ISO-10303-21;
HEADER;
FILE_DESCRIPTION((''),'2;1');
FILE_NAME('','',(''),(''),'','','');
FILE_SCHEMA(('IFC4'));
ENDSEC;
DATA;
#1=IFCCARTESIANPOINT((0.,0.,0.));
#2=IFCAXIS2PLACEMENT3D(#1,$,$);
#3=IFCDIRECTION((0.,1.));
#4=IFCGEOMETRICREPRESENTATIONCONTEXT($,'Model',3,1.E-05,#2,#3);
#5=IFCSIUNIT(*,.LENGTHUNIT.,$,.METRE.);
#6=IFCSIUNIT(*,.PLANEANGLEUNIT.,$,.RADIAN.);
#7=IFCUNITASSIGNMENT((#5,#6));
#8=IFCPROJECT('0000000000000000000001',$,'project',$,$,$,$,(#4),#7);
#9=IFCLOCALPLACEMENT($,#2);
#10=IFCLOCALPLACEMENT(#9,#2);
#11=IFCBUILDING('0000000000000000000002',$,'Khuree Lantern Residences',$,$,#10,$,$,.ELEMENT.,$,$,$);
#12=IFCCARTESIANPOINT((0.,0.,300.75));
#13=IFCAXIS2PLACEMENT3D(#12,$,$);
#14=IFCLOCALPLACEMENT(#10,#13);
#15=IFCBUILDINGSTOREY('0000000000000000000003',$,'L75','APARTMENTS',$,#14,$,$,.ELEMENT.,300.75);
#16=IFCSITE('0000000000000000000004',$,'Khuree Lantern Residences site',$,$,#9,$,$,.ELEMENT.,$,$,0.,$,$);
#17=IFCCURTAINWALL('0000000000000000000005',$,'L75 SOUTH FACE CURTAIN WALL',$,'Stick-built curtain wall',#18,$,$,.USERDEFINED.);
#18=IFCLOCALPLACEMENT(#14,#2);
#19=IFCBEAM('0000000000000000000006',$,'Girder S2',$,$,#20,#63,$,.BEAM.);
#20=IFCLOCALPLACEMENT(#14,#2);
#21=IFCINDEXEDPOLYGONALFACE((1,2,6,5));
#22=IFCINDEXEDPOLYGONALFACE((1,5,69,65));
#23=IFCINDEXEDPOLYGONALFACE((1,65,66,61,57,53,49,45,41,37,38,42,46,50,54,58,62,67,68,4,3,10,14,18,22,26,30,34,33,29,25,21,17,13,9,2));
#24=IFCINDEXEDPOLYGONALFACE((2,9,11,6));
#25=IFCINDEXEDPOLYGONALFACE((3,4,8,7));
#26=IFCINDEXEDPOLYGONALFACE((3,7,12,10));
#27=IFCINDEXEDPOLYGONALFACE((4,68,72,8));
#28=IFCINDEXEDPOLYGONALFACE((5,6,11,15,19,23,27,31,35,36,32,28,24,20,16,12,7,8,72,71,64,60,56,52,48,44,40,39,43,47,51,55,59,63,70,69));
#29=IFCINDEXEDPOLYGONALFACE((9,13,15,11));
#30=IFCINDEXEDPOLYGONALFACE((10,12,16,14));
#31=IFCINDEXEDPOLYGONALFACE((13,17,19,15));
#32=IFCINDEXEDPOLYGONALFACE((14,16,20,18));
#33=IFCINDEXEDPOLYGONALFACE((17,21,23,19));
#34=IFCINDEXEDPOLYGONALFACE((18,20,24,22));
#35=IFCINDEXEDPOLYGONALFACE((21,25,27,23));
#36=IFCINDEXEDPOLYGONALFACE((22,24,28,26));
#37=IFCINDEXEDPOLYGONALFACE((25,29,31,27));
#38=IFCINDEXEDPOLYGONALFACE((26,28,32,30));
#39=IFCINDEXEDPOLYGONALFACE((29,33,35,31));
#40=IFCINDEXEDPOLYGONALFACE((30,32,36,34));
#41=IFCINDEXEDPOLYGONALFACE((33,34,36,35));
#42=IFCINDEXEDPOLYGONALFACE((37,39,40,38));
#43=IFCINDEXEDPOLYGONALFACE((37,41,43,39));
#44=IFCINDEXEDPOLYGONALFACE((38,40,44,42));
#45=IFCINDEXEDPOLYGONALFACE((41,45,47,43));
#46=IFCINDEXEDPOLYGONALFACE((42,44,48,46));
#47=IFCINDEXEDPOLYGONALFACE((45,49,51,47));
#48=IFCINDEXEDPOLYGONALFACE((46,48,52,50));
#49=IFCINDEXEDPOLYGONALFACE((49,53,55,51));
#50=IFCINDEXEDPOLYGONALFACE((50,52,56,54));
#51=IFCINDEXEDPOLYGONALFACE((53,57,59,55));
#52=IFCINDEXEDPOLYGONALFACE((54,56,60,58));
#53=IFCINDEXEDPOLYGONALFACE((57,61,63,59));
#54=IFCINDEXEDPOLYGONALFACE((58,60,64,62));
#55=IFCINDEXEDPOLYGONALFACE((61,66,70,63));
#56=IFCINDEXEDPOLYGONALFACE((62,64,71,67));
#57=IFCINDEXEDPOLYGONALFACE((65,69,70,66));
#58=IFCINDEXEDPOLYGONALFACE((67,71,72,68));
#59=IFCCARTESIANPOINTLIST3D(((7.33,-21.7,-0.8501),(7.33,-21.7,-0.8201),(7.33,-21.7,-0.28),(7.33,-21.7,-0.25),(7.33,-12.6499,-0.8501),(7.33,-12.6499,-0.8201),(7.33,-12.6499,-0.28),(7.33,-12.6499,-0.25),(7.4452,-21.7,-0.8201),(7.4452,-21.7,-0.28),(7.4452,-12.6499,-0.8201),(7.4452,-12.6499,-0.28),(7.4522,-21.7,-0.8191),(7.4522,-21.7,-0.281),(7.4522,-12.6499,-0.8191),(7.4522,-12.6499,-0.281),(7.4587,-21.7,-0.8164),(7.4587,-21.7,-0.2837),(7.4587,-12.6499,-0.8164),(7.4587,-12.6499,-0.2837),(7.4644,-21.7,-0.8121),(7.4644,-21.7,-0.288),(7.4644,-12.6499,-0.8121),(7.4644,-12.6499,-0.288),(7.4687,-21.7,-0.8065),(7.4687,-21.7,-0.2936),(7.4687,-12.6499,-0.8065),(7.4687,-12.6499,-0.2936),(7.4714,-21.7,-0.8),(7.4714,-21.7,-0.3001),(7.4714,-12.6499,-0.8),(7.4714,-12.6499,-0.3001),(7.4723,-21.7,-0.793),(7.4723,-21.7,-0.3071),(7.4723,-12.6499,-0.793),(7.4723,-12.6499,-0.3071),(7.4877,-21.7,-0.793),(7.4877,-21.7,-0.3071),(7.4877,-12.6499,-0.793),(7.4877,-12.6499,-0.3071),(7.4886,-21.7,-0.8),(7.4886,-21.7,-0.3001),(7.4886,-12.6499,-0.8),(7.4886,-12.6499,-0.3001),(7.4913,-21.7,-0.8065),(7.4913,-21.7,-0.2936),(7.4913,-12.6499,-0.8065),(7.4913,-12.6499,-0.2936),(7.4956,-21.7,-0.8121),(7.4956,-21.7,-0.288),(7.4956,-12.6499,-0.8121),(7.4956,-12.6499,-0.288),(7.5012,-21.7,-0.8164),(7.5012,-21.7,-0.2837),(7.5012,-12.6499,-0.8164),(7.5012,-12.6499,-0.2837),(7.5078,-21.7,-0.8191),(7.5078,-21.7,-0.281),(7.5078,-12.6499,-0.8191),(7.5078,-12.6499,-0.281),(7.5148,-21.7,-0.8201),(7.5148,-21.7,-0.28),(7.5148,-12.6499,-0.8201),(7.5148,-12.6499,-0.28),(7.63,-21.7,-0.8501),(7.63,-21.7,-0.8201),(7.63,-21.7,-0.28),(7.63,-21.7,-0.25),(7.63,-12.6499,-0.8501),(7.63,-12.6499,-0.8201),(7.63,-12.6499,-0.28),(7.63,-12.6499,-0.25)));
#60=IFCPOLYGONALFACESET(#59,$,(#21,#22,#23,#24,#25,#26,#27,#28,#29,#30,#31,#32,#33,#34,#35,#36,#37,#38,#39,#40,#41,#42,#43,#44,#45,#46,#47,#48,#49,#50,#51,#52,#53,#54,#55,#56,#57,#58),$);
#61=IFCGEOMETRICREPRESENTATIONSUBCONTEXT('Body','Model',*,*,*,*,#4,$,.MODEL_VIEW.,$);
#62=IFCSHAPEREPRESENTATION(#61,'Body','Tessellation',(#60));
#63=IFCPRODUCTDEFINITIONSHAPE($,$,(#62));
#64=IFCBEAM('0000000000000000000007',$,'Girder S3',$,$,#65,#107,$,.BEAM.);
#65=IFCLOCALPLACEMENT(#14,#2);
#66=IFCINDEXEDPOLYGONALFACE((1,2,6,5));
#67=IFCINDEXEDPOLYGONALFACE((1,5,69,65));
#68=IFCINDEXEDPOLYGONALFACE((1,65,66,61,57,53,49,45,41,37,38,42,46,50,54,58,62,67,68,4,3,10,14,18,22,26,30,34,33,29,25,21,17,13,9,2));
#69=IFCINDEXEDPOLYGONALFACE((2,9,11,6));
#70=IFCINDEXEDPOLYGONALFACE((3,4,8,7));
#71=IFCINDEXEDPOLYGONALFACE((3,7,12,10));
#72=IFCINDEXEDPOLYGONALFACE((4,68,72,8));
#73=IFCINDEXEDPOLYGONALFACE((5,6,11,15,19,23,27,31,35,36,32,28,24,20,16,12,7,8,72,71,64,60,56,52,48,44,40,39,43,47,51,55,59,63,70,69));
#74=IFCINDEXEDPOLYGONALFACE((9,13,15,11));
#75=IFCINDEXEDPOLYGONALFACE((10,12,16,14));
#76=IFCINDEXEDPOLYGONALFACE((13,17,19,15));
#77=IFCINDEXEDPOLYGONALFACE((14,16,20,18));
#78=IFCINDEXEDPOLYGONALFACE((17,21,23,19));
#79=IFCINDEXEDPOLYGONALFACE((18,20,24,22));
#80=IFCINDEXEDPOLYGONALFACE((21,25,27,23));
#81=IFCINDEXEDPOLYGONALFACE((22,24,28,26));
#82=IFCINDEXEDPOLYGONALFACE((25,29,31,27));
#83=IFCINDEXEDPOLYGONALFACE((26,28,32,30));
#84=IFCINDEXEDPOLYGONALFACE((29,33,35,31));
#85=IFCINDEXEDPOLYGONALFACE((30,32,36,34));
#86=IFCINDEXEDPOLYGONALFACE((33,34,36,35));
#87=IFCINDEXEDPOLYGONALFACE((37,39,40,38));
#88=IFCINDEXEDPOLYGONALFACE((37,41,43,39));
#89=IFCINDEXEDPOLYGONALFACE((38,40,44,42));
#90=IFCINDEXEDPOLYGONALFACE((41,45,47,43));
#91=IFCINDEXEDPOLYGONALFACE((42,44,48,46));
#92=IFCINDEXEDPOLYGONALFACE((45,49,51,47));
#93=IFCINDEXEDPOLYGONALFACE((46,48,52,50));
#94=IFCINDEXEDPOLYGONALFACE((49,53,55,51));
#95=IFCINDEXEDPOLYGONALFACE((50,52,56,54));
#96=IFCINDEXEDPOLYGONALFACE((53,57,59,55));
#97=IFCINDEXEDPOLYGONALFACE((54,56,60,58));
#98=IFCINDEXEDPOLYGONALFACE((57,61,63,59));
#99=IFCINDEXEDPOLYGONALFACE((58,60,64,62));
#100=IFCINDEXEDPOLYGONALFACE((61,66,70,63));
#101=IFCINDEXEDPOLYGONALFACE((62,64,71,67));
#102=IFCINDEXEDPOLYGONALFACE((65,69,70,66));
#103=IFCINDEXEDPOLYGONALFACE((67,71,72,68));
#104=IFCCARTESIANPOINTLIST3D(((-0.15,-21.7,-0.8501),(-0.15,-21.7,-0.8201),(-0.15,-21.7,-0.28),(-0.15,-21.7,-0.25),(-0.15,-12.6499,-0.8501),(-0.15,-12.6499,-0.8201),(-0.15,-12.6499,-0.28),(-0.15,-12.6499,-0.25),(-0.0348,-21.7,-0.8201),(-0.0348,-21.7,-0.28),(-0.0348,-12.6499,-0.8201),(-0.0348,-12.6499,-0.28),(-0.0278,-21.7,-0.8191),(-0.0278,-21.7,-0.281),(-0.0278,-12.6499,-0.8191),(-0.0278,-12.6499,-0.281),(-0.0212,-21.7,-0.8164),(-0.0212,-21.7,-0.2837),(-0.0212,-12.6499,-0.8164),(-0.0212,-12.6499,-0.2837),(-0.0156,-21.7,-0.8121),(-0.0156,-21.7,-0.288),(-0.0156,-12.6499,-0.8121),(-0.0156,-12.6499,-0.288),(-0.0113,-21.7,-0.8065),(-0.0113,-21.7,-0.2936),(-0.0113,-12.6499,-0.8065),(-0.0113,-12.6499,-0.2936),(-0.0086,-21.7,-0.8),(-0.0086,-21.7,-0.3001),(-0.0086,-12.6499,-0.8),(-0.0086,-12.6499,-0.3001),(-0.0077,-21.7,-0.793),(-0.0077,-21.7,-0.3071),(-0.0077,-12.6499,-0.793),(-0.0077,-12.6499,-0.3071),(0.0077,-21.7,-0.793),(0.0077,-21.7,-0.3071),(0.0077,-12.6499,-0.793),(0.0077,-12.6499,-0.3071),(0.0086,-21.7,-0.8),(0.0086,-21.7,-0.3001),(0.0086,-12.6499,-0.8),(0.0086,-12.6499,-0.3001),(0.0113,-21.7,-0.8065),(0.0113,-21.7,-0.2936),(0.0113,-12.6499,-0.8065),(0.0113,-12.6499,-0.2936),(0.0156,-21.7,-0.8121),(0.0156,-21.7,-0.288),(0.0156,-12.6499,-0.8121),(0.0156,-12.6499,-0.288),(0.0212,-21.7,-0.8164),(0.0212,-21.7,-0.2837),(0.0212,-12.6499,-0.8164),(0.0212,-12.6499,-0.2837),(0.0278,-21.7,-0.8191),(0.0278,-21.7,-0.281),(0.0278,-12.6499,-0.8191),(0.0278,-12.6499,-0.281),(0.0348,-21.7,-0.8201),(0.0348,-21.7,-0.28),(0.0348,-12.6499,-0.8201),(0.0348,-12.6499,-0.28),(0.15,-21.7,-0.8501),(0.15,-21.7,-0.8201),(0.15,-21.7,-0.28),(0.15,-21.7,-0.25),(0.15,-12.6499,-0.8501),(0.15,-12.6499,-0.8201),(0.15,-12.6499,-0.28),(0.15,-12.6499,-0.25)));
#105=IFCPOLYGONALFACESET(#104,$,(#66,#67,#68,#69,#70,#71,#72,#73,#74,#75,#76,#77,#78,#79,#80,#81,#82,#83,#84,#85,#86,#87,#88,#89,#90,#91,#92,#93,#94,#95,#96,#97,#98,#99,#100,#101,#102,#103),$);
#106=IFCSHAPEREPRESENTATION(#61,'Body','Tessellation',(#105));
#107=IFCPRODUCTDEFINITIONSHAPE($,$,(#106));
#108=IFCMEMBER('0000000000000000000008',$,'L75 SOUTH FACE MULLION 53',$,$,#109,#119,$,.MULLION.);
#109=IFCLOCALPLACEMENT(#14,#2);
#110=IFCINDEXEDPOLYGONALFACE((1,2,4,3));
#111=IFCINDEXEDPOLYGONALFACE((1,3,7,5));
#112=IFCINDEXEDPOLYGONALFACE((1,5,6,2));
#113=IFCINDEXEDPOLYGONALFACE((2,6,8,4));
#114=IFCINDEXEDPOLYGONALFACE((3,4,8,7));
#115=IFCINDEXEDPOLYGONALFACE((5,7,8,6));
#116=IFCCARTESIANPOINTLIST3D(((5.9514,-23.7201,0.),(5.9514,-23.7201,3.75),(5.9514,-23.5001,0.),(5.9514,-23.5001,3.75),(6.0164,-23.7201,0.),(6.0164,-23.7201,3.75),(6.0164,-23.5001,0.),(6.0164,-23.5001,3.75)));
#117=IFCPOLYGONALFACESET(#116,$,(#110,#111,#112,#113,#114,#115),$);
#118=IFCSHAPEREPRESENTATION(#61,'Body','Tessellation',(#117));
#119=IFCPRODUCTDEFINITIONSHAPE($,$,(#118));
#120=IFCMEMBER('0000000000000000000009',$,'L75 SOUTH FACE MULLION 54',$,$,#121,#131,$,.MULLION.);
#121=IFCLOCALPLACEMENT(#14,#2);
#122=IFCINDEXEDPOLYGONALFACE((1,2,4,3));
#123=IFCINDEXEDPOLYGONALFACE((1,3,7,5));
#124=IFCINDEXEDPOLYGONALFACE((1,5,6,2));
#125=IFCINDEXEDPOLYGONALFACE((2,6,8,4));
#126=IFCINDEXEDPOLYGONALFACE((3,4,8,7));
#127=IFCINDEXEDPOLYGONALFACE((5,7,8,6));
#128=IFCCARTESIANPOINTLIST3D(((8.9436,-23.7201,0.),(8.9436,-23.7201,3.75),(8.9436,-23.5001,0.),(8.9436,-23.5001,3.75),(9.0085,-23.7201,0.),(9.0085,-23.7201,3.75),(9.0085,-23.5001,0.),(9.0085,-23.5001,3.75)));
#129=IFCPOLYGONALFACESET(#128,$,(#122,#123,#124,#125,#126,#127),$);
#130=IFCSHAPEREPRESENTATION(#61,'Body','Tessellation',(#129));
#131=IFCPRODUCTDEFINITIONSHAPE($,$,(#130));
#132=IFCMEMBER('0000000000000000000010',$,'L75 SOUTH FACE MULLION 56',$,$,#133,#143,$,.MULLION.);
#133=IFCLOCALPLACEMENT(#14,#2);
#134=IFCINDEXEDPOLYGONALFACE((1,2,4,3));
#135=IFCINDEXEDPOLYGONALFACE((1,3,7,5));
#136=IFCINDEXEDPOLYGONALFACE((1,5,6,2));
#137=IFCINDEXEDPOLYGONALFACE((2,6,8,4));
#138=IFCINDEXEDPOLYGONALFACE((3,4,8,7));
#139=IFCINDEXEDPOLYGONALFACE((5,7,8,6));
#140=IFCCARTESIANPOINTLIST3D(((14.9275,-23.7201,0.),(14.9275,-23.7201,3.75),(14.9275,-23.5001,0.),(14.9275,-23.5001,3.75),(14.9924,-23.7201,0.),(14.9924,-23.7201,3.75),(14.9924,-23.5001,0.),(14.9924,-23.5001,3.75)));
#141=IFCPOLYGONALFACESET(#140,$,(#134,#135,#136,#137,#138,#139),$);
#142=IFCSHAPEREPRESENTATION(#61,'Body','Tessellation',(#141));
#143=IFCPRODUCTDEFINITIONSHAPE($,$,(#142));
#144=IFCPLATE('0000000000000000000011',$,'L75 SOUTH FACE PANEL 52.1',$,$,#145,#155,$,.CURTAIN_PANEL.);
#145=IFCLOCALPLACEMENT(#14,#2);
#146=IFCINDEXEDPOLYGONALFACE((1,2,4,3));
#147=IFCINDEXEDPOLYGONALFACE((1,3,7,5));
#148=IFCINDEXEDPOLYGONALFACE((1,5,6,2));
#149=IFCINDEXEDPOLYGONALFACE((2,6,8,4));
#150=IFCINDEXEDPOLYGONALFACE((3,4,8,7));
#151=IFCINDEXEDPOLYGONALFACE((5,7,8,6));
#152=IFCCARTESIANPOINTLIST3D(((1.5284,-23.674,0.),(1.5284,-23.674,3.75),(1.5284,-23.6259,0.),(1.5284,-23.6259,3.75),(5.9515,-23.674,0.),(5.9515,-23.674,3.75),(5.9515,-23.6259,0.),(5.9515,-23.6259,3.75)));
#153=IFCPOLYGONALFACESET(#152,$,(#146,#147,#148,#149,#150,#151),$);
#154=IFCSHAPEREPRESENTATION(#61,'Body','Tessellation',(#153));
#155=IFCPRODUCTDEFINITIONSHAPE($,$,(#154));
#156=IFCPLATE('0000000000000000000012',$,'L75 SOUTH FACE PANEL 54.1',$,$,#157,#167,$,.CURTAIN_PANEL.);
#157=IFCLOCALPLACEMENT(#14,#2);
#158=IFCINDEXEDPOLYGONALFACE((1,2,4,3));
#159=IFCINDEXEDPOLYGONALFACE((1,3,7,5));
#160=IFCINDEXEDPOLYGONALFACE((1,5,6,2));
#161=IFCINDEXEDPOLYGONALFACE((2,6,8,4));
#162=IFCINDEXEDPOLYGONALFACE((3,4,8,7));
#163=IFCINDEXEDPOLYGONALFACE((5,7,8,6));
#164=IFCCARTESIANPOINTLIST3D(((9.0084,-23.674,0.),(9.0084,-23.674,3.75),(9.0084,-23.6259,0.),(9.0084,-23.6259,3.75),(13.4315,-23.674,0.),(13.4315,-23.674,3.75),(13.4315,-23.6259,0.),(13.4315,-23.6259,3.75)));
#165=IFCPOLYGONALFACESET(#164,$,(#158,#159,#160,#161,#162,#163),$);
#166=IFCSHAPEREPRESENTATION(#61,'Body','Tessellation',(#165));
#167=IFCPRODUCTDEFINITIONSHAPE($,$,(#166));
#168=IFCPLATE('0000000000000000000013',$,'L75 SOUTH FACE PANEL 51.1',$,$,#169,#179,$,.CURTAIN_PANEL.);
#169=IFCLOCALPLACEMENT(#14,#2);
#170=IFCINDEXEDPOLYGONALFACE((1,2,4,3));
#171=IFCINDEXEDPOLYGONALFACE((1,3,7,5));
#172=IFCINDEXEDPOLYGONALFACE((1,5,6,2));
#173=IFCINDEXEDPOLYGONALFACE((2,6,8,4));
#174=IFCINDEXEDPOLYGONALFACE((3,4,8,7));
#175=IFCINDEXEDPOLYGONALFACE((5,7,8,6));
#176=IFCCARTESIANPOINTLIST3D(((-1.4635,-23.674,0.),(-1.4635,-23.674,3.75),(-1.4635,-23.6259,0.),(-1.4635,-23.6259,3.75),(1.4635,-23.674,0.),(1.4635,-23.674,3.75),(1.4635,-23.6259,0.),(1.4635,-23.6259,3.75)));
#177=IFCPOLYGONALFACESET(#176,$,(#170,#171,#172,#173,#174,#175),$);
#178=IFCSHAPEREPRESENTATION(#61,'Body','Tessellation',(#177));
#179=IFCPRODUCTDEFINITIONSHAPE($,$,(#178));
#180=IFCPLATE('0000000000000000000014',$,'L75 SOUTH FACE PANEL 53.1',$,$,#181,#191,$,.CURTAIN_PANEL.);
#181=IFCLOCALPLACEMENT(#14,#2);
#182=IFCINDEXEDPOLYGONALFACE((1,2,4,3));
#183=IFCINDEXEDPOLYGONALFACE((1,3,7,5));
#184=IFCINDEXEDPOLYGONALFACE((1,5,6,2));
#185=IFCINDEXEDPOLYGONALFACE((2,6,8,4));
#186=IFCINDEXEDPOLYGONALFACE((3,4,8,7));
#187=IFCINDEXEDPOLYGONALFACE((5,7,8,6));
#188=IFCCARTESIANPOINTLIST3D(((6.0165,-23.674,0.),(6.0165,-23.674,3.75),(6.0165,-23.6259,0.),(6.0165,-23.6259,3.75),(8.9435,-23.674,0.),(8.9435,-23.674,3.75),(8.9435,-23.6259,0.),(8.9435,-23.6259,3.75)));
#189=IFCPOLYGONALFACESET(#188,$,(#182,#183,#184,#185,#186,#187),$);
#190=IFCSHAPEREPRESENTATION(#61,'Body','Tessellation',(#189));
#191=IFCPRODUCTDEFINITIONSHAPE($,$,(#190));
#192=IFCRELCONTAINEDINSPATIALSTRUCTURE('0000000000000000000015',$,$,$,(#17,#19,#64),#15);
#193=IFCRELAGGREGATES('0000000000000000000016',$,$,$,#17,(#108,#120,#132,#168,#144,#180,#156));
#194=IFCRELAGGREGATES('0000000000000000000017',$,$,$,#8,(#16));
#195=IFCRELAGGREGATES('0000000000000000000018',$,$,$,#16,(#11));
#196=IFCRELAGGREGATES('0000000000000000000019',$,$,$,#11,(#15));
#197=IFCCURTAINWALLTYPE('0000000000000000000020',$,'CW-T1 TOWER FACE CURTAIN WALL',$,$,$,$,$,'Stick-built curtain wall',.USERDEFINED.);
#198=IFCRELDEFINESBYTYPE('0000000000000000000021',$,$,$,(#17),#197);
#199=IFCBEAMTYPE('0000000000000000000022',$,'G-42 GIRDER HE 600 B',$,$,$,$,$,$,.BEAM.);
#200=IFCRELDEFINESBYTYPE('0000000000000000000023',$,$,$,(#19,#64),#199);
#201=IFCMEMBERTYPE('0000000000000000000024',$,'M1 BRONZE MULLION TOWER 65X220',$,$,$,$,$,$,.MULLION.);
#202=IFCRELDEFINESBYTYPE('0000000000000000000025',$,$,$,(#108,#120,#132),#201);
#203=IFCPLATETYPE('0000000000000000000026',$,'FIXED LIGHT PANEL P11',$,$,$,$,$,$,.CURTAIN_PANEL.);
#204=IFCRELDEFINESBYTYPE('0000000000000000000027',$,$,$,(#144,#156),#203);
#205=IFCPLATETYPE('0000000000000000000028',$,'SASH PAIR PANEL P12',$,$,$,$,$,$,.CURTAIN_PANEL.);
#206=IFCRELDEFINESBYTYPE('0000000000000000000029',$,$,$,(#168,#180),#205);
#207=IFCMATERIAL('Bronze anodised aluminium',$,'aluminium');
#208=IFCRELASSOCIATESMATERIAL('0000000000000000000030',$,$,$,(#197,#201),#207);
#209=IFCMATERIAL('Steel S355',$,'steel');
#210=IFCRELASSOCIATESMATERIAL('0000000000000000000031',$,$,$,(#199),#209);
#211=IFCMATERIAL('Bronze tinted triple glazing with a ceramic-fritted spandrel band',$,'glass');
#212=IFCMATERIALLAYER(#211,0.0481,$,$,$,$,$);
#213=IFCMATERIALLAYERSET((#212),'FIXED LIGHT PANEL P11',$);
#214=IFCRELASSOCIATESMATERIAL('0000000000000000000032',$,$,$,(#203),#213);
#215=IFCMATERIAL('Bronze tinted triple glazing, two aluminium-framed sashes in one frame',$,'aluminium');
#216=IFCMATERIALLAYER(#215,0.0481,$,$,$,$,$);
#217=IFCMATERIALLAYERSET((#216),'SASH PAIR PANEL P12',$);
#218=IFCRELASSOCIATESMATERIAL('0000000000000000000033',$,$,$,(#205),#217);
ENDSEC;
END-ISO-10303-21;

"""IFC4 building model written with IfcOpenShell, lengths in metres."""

from ifc_helpers import new_model, si_unit, direction, frame, origin, origin_2d, place, context, subcontext, project, spatial, rectangle, i_section, extrude, material, layer, layer_set, material_profile, profile_set, type_object, element, aggregate, save


model = new_model("IFC4")

# Units and contexts
model_context = context("Model", 3, precision=1e-05, world=origin(), true_north=direction((0.0, 1.0)))
body_context = subcontext(model_context, "Body", "Model", "MODEL_VIEW")
ifc_project = project(units=[si_unit("LENGTHUNIT", "METRE"), si_unit("PLANEANGLEUNIT", "RADIAN")], contexts=[model_context])

# Site, building, storey
site_placement = place(None, origin())
site = spatial("IfcSite", under=ifc_project, at=site_placement, Name="Khuree Lantern Residences site", CompositionType="ELEMENT", RefElevation=0.0)
building_placement = place(site_placement, origin())
building = spatial("IfcBuilding", under=site, at=building_placement, Name="Khuree Lantern Residences", CompositionType="ELEMENT")
storey_placement = place(building_placement, frame((0.0, 0.0, 300.75)))
storey = spatial("IfcBuildingStorey", under=building, at=storey_placement, Name="L75", Description="APARTMENTS", CompositionType="ELEMENT", Elevation=300.75)

# Shared definitions
ifc_material_1 = material(Name="Steel S355", Category="steel")

# Curtain wall
ifc_material_2 = material(Name="Bronze anodised aluminium", Category="aluminium")
curtain_wall_type = type_object("IfcCurtainWallType", Name="CW-T1 TOWER FACE CURTAIN WALL", ElementType="Stick-built curtain wall", PredefinedType="USERDEFINED", material=ifc_material_2)
curtain_wall_placement = place(storey_placement, origin())
curtain_wall = element("IfcCurtainWall", 1, at=curtain_wall_placement, inside=storey, type_object=curtain_wall_type, Name="L75 SOUTH FACE CURTAIN WALL", ObjectType="Stick-built curtain wall", PredefinedType="USERDEFINED")

# Beams
ifc_material_profile_1 = material_profile(ifc_material_1, i_section(OverallWidth=0.3, OverallDepth=0.6001, WebThickness=0.0154, FlangeThickness=0.03, FilletRadius=0.0271, at=origin_2d()), Name="HE 600 B")
ifc_profile_set_1 = profile_set([ifc_material_profile_1], Name="Steel S355")
beam_type_1 = type_object("IfcBeamType", Name="G-42 GIRDER HE 600 B", PredefinedType="BEAM", material=ifc_profile_set_1)
for number, where, z_axis, x_axis, name in (
    (2, (7.48, -21.7, -0.55), (0.0, 1.0, 0.0), (-1.0, 0.0, 0.0), "Girder S2"),
    (3, (0.0, -21.7, -0.55), (0.0, 1.0, 0.0), (-1.0, 0.0, 0.0), "Girder S3"),
):
    element("IfcBeam", number, at=place(storey_placement, frame(where, z_axis=z_axis, x_axis=x_axis)), inside=storey, type_object=beam_type_1, Name=name, PredefinedType="BEAM", context=body_context, shape_type="SweptSolid", body=[
        extrude(i_section(OverallWidth=0.3, OverallDepth=0.6001, WebThickness=0.0154, FlangeThickness=0.03, FilletRadius=0.0271, at=origin_2d()), origin(), (0.0, 0.0, 1.0), 9.05),
    ])

# Members
ifc_material_profile_2 = material_profile(ifc_material_2, rectangle(XDim=0.0649, YDim=0.22, at=origin_2d()), Name="M1 65X220")
ifc_profile_set_2 = profile_set([ifc_material_profile_2], Name="Bronze anodised aluminium")
member_type_1 = type_object("IfcMemberType", Name="M1 BRONZE MULLION TOWER 65X220", PredefinedType="MULLION", material=ifc_profile_set_2)
member_1_placement = place(storey_placement, frame((5.9839, -23.6101, 0.0), z_axis=(0.0, 0.0, 1.0), x_axis=(1.0, 0.0, 0.0)))
member_1 = element("IfcMember", 4, at=member_1_placement, type_object=member_type_1, Name="L75 SOUTH FACE MULLION 53", PredefinedType="MULLION", context=body_context, shape_type="SweptSolid", body=[
    extrude(rectangle(XDim=0.0649, YDim=0.22, at=origin_2d()), origin(), (0.0, 0.0, 1.0), 3.75),
])
member_2_placement = place(storey_placement, frame((8.9761, -23.6101, 0.0), z_axis=(0.0, 0.0, 1.0), x_axis=(1.0, 0.0, 0.0)))
member_2 = element("IfcMember", 5, at=member_2_placement, type_object=member_type_1, Name="L75 SOUTH FACE MULLION 54", PredefinedType="MULLION", context=body_context, shape_type="SweptSolid", body=[
    extrude(rectangle(XDim=0.0649, YDim=0.22, at=origin_2d()), origin(), (0.0, 0.0, 1.0), 3.75),
])
member_3_placement = place(storey_placement, frame((14.96, -23.6101, 0.0), z_axis=(0.0, 0.0, 1.0), x_axis=(1.0, 0.0, 0.0)))
member_3 = element("IfcMember", 6, at=member_3_placement, type_object=member_type_1, Name="L75 SOUTH FACE MULLION 56", PredefinedType="MULLION", context=body_context, shape_type="SweptSolid", body=[
    extrude(rectangle(XDim=0.0649, YDim=0.22, at=origin_2d()), origin(), (0.0, 0.0, 1.0), 3.75),
])

# Plates
ifc_material_3 = material(Name="Bronze tinted triple glazing with a ceramic-fritted spandrel band", Category="glass")
ifc_layer_1 = layer(ifc_material_3, 0.0481)
ifc_layer_set_1 = layer_set([ifc_layer_1], Name="FIXED LIGHT PANEL P11")
plate_type_1 = type_object("IfcPlateType", Name="FIXED LIGHT PANEL P11", PredefinedType="CURTAIN_PANEL", material=ifc_layer_set_1)
plate_1_placement = place(storey_placement, frame((3.74, -23.6499, 0.0), z_axis=(0.0, 0.0, 1.0), x_axis=(1.0, 0.0, 0.0)))
plate_1 = element("IfcPlate", 7, at=plate_1_placement, type_object=plate_type_1, Name="L75 SOUTH FACE PANEL 52.1", PredefinedType="CURTAIN_PANEL", context=body_context, shape_type="SweptSolid", body=[
    extrude(rectangle(XDim=4.4231, YDim=0.0481, at=origin_2d()), origin(), (0.0, 0.0, 1.0), 3.75),
])
plate_2_placement = place(storey_placement, frame((11.22, -23.6499, 0.0), z_axis=(0.0, 0.0, 1.0), x_axis=(1.0, 0.0, 0.0)))
plate_2 = element("IfcPlate", 8, at=plate_2_placement, type_object=plate_type_1, Name="L75 SOUTH FACE PANEL 54.1", PredefinedType="CURTAIN_PANEL", context=body_context, shape_type="SweptSolid", body=[
    extrude(rectangle(XDim=4.4231, YDim=0.0481, at=origin_2d()), origin(), (0.0, 0.0, 1.0), 3.75),
])
ifc_material_4 = material(Name="Bronze tinted triple glazing, two aluminium-framed sashes in one frame", Category="aluminium")
ifc_layer_2 = layer(ifc_material_4, 0.0481)
ifc_layer_set_2 = layer_set([ifc_layer_2], Name="SASH PAIR PANEL P12")
plate_type_2 = type_object("IfcPlateType", Name="SASH PAIR PANEL P12", PredefinedType="CURTAIN_PANEL", material=ifc_layer_set_2)
plate_3_placement = place(storey_placement, frame((0.0, -23.6499, 0.0), z_axis=(0.0, 0.0, 1.0), x_axis=(1.0, 0.0, 0.0)))
plate_3 = element("IfcPlate", 9, at=plate_3_placement, type_object=plate_type_2, Name="L75 SOUTH FACE PANEL 51.1", PredefinedType="CURTAIN_PANEL", context=body_context, shape_type="SweptSolid", body=[
    extrude(rectangle(XDim=2.927, YDim=0.0481, at=origin_2d()), origin(), (0.0, 0.0, 1.0), 3.75),
])
plate_4_placement = place(storey_placement, frame((7.48, -23.6499, 0.0), z_axis=(0.0, 0.0, 1.0), x_axis=(1.0, 0.0, 0.0)))
plate_4 = element("IfcPlate", 10, at=plate_4_placement, type_object=plate_type_2, Name="L75 SOUTH FACE PANEL 53.1", PredefinedType="CURTAIN_PANEL", context=body_context, shape_type="SweptSolid", body=[
    extrude(rectangle(XDim=2.927, YDim=0.0481, at=origin_2d()), origin(), (0.0, 0.0, 1.0), 3.75),
])
aggregate(curtain_wall, [member_1, member_2, member_3, plate_3, plate_1, plate_4, plate_2])

save(model, "model.ifc")
